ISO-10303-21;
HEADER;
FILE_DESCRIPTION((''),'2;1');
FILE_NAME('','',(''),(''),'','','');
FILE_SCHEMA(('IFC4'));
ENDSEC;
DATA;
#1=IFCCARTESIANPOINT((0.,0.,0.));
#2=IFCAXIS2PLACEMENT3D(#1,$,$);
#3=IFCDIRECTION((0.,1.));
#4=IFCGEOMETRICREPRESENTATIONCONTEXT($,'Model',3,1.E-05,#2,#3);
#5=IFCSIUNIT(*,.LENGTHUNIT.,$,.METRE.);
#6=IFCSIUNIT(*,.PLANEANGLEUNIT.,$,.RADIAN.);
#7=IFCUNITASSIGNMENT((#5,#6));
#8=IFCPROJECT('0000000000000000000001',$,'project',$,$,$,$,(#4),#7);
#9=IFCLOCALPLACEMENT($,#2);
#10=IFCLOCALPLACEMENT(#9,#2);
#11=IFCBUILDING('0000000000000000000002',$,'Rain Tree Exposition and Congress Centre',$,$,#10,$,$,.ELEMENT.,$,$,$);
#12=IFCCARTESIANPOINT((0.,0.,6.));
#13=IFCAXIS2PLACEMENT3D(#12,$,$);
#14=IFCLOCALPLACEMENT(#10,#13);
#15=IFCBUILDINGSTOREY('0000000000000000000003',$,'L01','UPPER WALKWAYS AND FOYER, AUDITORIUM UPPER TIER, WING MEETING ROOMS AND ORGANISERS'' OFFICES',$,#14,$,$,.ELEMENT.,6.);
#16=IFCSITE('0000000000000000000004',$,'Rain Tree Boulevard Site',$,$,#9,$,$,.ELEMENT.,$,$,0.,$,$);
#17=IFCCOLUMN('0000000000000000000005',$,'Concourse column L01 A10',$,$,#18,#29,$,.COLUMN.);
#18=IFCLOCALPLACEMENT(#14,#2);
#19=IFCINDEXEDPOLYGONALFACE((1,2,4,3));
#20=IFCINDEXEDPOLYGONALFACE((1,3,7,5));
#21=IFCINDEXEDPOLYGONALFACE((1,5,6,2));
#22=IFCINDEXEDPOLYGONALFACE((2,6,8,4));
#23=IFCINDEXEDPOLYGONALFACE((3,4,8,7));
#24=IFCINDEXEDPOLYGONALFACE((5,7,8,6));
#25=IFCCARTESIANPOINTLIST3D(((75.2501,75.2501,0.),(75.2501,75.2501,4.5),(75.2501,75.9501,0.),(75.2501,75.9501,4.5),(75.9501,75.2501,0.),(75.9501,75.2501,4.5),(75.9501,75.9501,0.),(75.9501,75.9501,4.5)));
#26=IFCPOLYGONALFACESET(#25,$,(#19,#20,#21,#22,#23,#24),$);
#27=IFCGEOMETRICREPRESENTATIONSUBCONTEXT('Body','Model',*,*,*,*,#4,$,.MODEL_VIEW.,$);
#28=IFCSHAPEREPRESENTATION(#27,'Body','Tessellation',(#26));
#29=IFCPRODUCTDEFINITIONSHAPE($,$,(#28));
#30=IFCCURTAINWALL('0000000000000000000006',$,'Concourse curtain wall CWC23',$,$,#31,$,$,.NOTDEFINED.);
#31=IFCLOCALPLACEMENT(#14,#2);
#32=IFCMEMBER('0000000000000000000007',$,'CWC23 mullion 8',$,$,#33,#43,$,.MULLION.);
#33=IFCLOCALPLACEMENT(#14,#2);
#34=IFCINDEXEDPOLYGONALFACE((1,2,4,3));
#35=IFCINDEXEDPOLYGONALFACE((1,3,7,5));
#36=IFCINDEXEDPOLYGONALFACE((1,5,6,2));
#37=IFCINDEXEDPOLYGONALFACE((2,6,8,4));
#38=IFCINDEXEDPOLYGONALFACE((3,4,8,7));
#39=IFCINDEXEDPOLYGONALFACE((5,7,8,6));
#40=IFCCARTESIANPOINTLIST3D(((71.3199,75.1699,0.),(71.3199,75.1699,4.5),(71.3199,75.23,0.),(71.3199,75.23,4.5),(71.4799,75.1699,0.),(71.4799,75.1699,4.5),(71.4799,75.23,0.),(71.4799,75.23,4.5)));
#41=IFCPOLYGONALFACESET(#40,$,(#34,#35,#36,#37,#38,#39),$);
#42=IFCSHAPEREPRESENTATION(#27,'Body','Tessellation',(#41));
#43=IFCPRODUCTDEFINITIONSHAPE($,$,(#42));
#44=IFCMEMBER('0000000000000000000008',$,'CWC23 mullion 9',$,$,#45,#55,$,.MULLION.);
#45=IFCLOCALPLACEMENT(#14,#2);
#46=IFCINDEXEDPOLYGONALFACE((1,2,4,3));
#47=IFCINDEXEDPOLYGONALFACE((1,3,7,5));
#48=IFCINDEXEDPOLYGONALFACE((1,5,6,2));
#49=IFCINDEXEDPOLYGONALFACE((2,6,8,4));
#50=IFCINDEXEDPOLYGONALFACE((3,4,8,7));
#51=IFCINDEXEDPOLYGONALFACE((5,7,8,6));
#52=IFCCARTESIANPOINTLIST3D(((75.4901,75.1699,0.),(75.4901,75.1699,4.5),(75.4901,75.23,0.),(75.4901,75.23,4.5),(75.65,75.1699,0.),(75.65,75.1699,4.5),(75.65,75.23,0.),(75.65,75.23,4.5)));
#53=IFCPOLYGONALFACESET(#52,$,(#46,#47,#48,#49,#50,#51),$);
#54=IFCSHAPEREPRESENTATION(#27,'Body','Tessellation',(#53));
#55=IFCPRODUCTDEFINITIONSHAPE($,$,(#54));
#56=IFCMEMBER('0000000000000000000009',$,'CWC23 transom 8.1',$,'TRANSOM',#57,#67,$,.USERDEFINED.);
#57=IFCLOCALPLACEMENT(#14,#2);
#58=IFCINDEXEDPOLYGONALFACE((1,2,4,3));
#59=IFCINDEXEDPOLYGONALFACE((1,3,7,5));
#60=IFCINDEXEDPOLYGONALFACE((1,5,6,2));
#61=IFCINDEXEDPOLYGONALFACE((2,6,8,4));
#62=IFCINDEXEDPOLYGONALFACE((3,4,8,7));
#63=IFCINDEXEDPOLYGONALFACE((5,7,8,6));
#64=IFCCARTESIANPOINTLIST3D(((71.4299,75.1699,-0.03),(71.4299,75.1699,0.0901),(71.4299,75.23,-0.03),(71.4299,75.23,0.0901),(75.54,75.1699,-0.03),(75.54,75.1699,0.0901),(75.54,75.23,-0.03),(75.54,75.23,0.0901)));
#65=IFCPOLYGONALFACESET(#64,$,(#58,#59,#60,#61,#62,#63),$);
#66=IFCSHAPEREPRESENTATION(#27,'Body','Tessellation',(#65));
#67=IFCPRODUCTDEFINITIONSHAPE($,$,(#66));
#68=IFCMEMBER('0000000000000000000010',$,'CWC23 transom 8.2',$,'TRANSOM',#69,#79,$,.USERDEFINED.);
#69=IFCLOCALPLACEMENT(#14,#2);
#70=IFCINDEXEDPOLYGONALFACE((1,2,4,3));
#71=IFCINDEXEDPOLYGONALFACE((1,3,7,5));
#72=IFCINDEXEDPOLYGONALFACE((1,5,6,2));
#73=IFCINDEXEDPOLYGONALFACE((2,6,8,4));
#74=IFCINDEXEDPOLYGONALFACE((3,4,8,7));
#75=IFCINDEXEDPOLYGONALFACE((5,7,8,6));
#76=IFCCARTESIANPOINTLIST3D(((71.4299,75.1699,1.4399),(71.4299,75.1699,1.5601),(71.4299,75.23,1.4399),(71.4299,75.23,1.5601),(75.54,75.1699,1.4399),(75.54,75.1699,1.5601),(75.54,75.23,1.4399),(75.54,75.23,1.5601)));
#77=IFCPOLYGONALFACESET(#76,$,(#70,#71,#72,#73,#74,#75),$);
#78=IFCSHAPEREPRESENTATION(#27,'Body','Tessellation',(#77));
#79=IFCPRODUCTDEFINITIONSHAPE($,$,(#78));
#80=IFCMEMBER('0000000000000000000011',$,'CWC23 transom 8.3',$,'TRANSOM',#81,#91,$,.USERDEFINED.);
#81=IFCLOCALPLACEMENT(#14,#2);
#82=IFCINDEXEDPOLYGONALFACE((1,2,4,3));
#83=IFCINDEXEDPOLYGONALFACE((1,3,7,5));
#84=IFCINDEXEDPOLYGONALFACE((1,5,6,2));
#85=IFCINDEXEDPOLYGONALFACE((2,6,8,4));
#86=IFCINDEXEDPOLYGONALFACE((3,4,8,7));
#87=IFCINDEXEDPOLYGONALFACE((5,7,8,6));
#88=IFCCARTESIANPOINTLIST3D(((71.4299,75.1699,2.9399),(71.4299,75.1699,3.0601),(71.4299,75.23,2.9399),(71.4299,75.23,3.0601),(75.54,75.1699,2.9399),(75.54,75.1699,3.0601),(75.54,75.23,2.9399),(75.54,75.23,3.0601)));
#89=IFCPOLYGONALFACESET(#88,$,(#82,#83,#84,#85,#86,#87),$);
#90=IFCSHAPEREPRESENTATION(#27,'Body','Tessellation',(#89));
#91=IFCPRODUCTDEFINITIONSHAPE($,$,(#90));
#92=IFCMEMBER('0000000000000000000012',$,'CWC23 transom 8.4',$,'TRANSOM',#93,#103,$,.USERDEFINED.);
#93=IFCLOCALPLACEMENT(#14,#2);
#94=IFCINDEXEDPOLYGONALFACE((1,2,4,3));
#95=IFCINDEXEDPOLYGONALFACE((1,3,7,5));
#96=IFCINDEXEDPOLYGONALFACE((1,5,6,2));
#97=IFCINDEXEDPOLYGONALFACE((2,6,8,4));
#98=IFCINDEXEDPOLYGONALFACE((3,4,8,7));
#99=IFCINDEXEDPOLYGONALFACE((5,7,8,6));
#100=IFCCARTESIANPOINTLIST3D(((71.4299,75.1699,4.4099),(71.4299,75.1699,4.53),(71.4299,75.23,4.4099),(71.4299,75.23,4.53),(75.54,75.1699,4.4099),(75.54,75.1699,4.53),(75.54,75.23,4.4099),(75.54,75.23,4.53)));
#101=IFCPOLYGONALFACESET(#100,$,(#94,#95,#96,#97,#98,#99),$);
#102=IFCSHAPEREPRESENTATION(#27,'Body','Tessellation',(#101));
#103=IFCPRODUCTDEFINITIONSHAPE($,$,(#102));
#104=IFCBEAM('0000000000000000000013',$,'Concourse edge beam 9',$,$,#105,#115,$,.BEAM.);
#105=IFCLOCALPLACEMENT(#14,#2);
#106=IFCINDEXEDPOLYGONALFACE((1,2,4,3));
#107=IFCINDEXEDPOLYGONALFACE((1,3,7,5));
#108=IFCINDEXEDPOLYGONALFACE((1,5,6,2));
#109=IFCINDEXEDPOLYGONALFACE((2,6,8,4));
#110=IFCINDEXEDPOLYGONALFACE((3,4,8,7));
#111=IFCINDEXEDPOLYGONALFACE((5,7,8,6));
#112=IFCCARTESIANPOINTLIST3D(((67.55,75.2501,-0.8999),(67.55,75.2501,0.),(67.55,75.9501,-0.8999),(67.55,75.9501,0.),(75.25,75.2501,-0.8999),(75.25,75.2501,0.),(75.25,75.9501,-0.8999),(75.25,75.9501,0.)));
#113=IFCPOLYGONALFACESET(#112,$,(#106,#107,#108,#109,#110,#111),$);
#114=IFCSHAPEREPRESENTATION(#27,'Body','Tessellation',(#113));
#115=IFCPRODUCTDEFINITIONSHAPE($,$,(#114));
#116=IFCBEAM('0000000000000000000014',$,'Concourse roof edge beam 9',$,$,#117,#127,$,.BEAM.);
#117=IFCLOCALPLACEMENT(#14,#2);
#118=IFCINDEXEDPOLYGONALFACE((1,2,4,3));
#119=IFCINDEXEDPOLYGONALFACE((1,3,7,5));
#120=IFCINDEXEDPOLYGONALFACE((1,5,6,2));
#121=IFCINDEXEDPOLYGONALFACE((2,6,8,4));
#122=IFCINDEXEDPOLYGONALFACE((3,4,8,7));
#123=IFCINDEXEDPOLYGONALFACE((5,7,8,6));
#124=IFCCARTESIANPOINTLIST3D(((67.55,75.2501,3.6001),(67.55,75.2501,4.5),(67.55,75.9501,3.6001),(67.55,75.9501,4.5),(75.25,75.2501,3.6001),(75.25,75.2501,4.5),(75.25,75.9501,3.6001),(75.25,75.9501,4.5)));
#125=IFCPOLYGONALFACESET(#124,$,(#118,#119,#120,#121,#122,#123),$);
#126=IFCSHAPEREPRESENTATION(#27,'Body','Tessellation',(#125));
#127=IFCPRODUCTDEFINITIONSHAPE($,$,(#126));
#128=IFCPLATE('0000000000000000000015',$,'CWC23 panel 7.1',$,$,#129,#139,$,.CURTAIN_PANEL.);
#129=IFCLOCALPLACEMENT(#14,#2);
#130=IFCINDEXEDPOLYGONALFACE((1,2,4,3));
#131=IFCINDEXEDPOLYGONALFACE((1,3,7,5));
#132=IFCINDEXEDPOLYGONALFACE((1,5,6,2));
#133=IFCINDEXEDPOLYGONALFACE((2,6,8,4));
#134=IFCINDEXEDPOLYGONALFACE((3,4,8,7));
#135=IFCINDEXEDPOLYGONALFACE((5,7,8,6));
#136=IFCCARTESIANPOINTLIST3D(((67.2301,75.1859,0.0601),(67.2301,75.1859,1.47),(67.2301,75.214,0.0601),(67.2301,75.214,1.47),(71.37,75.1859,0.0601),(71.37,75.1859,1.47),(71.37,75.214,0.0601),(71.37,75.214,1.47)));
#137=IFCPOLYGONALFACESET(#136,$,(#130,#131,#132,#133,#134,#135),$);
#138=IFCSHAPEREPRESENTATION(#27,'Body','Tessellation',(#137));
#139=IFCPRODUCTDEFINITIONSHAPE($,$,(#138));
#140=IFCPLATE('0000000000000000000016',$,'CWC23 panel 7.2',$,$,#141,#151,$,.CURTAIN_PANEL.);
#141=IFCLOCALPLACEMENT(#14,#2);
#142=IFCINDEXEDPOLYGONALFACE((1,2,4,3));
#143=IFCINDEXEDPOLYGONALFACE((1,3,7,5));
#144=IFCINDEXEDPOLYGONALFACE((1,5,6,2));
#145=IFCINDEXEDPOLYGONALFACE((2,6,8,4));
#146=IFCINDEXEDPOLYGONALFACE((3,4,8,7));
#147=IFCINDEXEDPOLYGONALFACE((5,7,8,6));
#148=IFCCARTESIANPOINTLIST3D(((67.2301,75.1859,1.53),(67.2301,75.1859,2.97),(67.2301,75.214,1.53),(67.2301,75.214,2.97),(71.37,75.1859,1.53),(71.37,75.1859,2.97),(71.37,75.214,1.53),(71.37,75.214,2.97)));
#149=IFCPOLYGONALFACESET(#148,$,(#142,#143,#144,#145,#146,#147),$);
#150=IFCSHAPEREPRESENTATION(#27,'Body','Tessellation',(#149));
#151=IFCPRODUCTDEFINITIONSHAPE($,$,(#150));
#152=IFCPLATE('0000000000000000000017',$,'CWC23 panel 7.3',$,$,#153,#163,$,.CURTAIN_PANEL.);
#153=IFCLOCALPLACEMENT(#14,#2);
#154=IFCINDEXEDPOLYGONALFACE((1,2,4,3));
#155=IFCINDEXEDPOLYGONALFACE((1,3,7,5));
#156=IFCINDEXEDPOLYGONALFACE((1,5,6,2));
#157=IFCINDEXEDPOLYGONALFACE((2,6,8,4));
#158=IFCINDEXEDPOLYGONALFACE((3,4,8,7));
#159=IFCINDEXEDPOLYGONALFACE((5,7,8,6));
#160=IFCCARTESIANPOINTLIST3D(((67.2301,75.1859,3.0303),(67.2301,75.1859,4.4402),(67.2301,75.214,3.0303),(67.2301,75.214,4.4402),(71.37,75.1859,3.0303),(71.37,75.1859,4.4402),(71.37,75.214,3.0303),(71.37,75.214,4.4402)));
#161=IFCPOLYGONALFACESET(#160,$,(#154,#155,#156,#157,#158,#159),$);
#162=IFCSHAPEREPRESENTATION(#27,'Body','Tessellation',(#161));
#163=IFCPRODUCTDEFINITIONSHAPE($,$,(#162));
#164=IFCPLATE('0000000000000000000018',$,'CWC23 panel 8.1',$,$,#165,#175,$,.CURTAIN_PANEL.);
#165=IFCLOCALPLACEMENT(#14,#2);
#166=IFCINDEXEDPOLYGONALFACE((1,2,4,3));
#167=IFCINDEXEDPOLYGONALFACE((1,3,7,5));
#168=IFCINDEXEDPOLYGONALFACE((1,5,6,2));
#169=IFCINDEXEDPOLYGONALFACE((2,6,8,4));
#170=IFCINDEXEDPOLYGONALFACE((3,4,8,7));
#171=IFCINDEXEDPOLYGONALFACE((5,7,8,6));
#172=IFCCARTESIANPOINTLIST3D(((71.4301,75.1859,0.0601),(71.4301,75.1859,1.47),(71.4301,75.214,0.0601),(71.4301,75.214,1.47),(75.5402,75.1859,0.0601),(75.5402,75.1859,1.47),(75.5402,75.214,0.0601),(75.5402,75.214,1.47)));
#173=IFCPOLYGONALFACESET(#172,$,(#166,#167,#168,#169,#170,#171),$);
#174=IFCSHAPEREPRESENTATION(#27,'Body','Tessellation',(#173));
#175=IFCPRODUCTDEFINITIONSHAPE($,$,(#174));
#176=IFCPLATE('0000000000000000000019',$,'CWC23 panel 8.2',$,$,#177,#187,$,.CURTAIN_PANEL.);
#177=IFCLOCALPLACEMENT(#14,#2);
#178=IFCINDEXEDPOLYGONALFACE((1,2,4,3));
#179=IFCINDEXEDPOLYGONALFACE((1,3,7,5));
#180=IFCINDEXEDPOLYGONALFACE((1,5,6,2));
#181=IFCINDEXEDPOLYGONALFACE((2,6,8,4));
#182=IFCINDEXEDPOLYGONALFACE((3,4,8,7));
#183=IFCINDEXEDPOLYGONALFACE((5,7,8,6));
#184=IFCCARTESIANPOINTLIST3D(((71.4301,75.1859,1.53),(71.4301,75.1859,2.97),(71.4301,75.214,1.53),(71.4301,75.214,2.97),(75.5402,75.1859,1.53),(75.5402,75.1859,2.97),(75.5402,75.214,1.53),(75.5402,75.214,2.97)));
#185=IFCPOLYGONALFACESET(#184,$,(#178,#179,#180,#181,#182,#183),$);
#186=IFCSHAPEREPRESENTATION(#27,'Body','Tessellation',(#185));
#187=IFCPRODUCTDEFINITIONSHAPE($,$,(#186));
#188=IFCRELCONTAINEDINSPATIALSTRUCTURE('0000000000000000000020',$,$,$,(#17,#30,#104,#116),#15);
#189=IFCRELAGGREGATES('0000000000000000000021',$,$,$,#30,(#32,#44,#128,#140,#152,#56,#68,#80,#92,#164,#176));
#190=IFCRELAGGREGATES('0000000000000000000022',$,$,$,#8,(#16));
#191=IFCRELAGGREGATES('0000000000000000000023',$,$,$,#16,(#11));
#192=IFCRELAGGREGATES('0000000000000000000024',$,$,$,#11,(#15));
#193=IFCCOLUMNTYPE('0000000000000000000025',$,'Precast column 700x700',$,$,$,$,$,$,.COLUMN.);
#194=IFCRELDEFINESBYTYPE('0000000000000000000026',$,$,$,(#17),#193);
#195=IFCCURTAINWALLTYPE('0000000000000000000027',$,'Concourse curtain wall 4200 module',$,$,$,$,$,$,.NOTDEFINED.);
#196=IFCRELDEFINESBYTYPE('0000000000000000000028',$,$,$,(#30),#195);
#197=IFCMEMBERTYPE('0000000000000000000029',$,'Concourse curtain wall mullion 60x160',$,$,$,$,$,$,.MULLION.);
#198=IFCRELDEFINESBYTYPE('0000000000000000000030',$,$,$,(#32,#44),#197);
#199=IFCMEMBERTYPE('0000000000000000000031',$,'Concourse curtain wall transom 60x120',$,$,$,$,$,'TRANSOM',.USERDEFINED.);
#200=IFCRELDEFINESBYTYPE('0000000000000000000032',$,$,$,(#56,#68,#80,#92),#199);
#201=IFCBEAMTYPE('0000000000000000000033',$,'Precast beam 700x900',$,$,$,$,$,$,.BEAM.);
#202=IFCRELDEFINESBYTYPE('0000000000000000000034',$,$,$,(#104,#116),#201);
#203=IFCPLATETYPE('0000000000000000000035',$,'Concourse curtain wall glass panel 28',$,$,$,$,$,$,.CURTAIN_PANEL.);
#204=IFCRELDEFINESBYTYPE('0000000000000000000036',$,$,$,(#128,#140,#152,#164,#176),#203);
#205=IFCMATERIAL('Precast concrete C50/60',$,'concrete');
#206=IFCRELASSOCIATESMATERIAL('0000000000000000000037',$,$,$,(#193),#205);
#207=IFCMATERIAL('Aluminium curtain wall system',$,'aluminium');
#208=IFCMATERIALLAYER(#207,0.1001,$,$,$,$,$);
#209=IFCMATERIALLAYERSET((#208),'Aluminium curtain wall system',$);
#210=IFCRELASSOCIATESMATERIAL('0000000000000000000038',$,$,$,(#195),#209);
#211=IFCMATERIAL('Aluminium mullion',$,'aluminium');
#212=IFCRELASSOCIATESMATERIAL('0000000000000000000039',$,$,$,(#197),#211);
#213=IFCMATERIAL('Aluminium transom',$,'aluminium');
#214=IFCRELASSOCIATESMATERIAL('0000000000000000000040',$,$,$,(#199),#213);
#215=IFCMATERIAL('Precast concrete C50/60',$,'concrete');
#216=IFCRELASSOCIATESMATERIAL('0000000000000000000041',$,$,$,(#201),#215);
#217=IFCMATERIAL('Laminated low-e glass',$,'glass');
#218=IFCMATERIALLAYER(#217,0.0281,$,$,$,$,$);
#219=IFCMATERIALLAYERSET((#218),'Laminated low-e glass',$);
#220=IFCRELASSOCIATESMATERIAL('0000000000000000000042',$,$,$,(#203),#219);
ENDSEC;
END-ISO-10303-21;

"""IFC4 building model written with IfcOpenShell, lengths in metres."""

from ifc_helpers import new_model, si_unit, direction, frame, origin, origin_2d, place, context, subcontext, project, spatial, rectangle, extrude, material, layer, layer_set, material_profile, profile_set, type_object, element, aggregate, save


model = new_model("IFC4")

# Units and contexts
model_context = context("Model", 3, precision=1e-05, world=origin(), true_north=direction((0.0, 1.0)))
body_context = subcontext(model_context, "Body", "Model", "MODEL_VIEW")
ifc_project = project(units=[si_unit("LENGTHUNIT", "METRE"), si_unit("PLANEANGLEUNIT", "RADIAN")], contexts=[model_context])

# Site, building, storey
site_placement = place(None, origin())
site = spatial("IfcSite", under=ifc_project, at=site_placement, Name="Rain Tree Boulevard Site", CompositionType="ELEMENT", RefElevation=0.0)
building_placement = place(site_placement, origin())
building = spatial("IfcBuilding", under=site, at=building_placement, Name="Rain Tree Exposition and Congress Centre", CompositionType="ELEMENT")
storey_placement = place(building_placement, frame((0.0, 0.0, 6.0)))
storey = spatial("IfcBuildingStorey", under=building, at=storey_placement, Name="L01", Description="UPPER WALKWAYS AND FOYER, AUDITORIUM UPPER TIER, WING MEETING ROOMS AND ORGANISERS' OFFICES", CompositionType="ELEMENT", Elevation=6.0)

# Column
ifc_material_1 = material(Name="Precast concrete C50/60", Category="concrete")
ifc_material_profile_1 = material_profile(ifc_material_1, rectangle(XDim=0.7, YDim=0.7, at=origin_2d()), Name="RC 700x700")
ifc_profile_set_1 = profile_set([ifc_material_profile_1], Name="Precast concrete C50/60")
column_type = type_object("IfcColumnType", Name="Precast column 700x700", PredefinedType="COLUMN", material=ifc_profile_set_1)
column_placement = place(storey_placement, frame((75.6001, 75.6001, 0.0), z_axis=(0.0, 0.0, 1.0), x_axis=(1.0, 0.0, 0.0)))
element("IfcColumn", 1, at=column_placement, inside=storey, type_object=column_type, Name="Concourse column L01 A10", PredefinedType="COLUMN", context=body_context, shape_type="SweptSolid", body=[
    extrude(rectangle(XDim=0.7, YDim=0.7, at=origin_2d()), origin(), (0.0, 0.0, 1.0), 4.5),
])

# Curtain wall, members
ifc_material_2 = material(Name="Aluminium curtain wall system", Category="aluminium")
ifc_layer_1 = layer(ifc_material_2, 0.1001)
ifc_layer_set_1 = layer_set([ifc_layer_1], Name="Aluminium curtain wall system")
curtain_wall_type = type_object("IfcCurtainWallType", Name="Concourse curtain wall 4200 module", PredefinedType="NOTDEFINED", material=ifc_layer_set_1)
curtain_wall_placement = place(storey_placement, origin())
curtain_wall = element("IfcCurtainWall", 2, at=curtain_wall_placement, inside=storey, type_object=curtain_wall_type, Name="Concourse curtain wall CWC23", PredefinedType="NOTDEFINED")
ifc_material_3 = material(Name="Aluminium mullion", Category="aluminium")
ifc_material_profile_2 = material_profile(ifc_material_3, rectangle(XDim=0.0601, YDim=0.1599, at=origin_2d()), Name="AL 60x160")
ifc_profile_set_2 = profile_set([ifc_material_profile_2], Name="Aluminium mullion")
member_type_1 = type_object("IfcMemberType", Name="Concourse curtain wall mullion 60x160", PredefinedType="MULLION", material=ifc_profile_set_2)
member_1_placement = place(storey_placement, frame((71.3999, 75.2, 0.0), z_axis=(0.0, 0.0, 1.0), x_axis=(0.0, 1.0, 0.0)))
member_1 = element("IfcMember", 3, at=member_1_placement, type_object=member_type_1, Name="CWC23 mullion 8", PredefinedType="MULLION", context=body_context, shape_type="SweptSolid", body=[
    extrude(rectangle(XDim=0.0601, YDim=0.1599, at=origin_2d()), origin(), (0.0, 0.0, 1.0), 4.5),
])
member_2_placement = place(storey_placement, frame((75.5701, 75.2, 0.0), z_axis=(0.0, 0.0, 1.0), x_axis=(0.0, 1.0, 0.0)))
member_2 = element("IfcMember", 4, at=member_2_placement, type_object=member_type_1, Name="CWC23 mullion 9", PredefinedType="MULLION", context=body_context, shape_type="SweptSolid", body=[
    extrude(rectangle(XDim=0.0601, YDim=0.1599, at=origin_2d()), origin(), (0.0, 0.0, 1.0), 4.5),
])
ifc_material_4 = material(Name="Aluminium transom", Category="aluminium")
ifc_material_profile_3 = material_profile(ifc_material_4, rectangle(XDim=0.0601, YDim=0.1201, at=origin_2d()), Name="AL 60x120")
ifc_profile_set_3 = profile_set([ifc_material_profile_3], Name="Aluminium transom")
member_type_2 = type_object("IfcMemberType", Name="Concourse curtain wall transom 60x120", ElementType="TRANSOM", PredefinedType="USERDEFINED", material=ifc_profile_set_3)
member_3_placement = place(storey_placement, frame((71.4299, 75.2, 0.03), z_axis=(1.0, 0.0, 0.0), x_axis=(0.0, 1.0, 0.0)))
member_3 = element("IfcMember", 5, at=member_3_placement, type_object=member_type_2, Name="CWC23 transom 8.1", ObjectType="TRANSOM", PredefinedType="USERDEFINED", context=body_context, shape_type="SweptSolid", body=[
    extrude(rectangle(XDim=0.0601, YDim=0.1201, at=origin_2d()), origin(), (0.0, 0.0, 1.0), 4.1101),
])
member_4_placement = place(storey_placement, frame((71.4299, 75.2, 1.5), z_axis=(1.0, 0.0, 0.0), x_axis=(0.0, 1.0, 0.0)))
member_4 = element("IfcMember", 6, at=member_4_placement, type_object=member_type_2, Name="CWC23 transom 8.2", ObjectType="TRANSOM", PredefinedType="USERDEFINED", context=body_context, shape_type="SweptSolid", body=[
    extrude(rectangle(XDim=0.0601, YDim=0.1201, at=origin_2d()), origin(), (0.0, 0.0, 1.0), 4.1101),
])
member_5_placement = place(storey_placement, frame((71.4299, 75.2, 3.0), z_axis=(1.0, 0.0, 0.0), x_axis=(0.0, 1.0, 0.0)))
member_5 = element("IfcMember", 7, at=member_5_placement, type_object=member_type_2, Name="CWC23 transom 8.3", ObjectType="TRANSOM", PredefinedType="USERDEFINED", context=body_context, shape_type="SweptSolid", body=[
    extrude(rectangle(XDim=0.0601, YDim=0.1201, at=origin_2d()), origin(), (0.0, 0.0, 1.0), 4.1101),
])
member_6_placement = place(storey_placement, frame((71.4299, 75.2, 4.47), z_axis=(1.0, 0.0, 0.0), x_axis=(0.0, 1.0, 0.0)))
member_6 = element("IfcMember", 8, at=member_6_placement, type_object=member_type_2, Name="CWC23 transom 8.4", ObjectType="TRANSOM", PredefinedType="USERDEFINED", context=body_context, shape_type="SweptSolid", body=[
    extrude(rectangle(XDim=0.0601, YDim=0.1201, at=origin_2d()), origin(), (0.0, 0.0, 1.0), 4.1101),
])

# Beams
ifc_material_5 = material(Name="Precast concrete C50/60", Category="concrete")
ifc_material_profile_4 = material_profile(ifc_material_5, rectangle(XDim=0.7, YDim=0.8999, at=origin_2d()), Name="RC 700x900")
ifc_profile_set_4 = profile_set([ifc_material_profile_4], Name="Precast concrete C50/60")
beam_type = type_object("IfcBeamType", Name="Precast beam 700x900", PredefinedType="BEAM", material=ifc_profile_set_4)
for number, where, z_axis, x_axis, name in (
    (9, (67.55, 75.6001, -0.45), (1.0, 0.0, 0.0), (0.0, 1.0, 0.0), "Concourse edge beam 9"),
    (10, (67.55, 75.6001, 4.05), (1.0, 0.0, 0.0), (0.0, 1.0, 0.0), "Concourse roof edge beam 9"),
):
    element("IfcBeam", number, at=place(storey_placement, frame(where, z_axis=z_axis, x_axis=x_axis)), inside=storey, type_object=beam_type, Name=name, PredefinedType="BEAM", context=body_context, shape_type="SweptSolid", body=[
        extrude(rectangle(XDim=0.7, YDim=0.8999, at=origin_2d()), origin(), (0.0, 0.0, 1.0), 7.7),
    ])

# Plates
ifc_material_6 = material(Name="Laminated low-e glass", Category="glass")
ifc_layer_2 = layer(ifc_material_6, 0.0281)
ifc_layer_set_2 = layer_set([ifc_layer_2], Name="Laminated low-e glass")
plate_type = type_object("IfcPlateType", Name="Concourse curtain wall glass panel 28", PredefinedType="CURTAIN_PANEL", material=ifc_layer_set_2)
plate_1_placement = place(storey_placement, frame((69.3, 75.2, 0.0601), z_axis=(0.0, 0.0, 1.0), x_axis=(1.0, 0.0, 0.0)))
plate_1 = element("IfcPlate", 11, at=plate_1_placement, type_object=plate_type, Name="CWC23 panel 7.1", PredefinedType="CURTAIN_PANEL", context=body_context, shape_type="SweptSolid", body=[
    extrude(rectangle(XDim=4.1399, YDim=0.0281, at=origin_2d()), origin(), (0.0, 0.0, 1.0), 1.4099),
])
plate_2_placement = place(storey_placement, frame((69.3, 75.2, 1.53), z_axis=(0.0, 0.0, 1.0), x_axis=(1.0, 0.0, 0.0)))
plate_2 = element("IfcPlate", 12, at=plate_2_placement, type_object=plate_type, Name="CWC23 panel 7.2", PredefinedType="CURTAIN_PANEL", context=body_context, shape_type="SweptSolid", body=[
    extrude(rectangle(XDim=4.1399, YDim=0.0281, at=origin_2d()), origin(), (0.0, 0.0, 1.0), 1.4399),
])
plate_3_placement = place(storey_placement, frame((69.3, 75.2, 3.0303), z_axis=(0.0, 0.0, 1.0), x_axis=(1.0, 0.0, 0.0)))
plate_3 = element("IfcPlate", 13, at=plate_3_placement, type_object=plate_type, Name="CWC23 panel 7.3", PredefinedType="CURTAIN_PANEL", context=body_context, shape_type="SweptSolid", body=[
    extrude(rectangle(XDim=4.1399, YDim=0.0281, at=origin_2d()), origin(), (0.0, 0.0, 1.0), 1.4099),
])
plate_4_placement = place(storey_placement, frame((73.4851, 75.2, 0.0601), z_axis=(0.0, 0.0, 1.0), x_axis=(1.0, 0.0, 0.0)))
plate_4 = element("IfcPlate", 14, at=plate_4_placement, type_object=plate_type, Name="CWC23 panel 8.1", PredefinedType="CURTAIN_PANEL", context=body_context, shape_type="SweptSolid", body=[
    extrude(rectangle(XDim=4.1101, YDim=0.0281, at=origin_2d()), origin(), (0.0, 0.0, 1.0), 1.4099),
])
plate_5_placement = place(storey_placement, frame((73.4851, 75.2, 1.53), z_axis=(0.0, 0.0, 1.0), x_axis=(1.0, 0.0, 0.0)))
plate_5 = element("IfcPlate", 15, at=plate_5_placement, type_object=plate_type, Name="CWC23 panel 8.2", PredefinedType="CURTAIN_PANEL", context=body_context, shape_type="SweptSolid", body=[
    extrude(rectangle(XDim=4.1101, YDim=0.0281, at=origin_2d()), origin(), (0.0, 0.0, 1.0), 1.4399),
])
aggregate(curtain_wall, [member_1, member_2, plate_1, plate_2, plate_3, member_3, member_4, member_5, member_6, plate_4, plate_5])

save(model, "model.ifc")
